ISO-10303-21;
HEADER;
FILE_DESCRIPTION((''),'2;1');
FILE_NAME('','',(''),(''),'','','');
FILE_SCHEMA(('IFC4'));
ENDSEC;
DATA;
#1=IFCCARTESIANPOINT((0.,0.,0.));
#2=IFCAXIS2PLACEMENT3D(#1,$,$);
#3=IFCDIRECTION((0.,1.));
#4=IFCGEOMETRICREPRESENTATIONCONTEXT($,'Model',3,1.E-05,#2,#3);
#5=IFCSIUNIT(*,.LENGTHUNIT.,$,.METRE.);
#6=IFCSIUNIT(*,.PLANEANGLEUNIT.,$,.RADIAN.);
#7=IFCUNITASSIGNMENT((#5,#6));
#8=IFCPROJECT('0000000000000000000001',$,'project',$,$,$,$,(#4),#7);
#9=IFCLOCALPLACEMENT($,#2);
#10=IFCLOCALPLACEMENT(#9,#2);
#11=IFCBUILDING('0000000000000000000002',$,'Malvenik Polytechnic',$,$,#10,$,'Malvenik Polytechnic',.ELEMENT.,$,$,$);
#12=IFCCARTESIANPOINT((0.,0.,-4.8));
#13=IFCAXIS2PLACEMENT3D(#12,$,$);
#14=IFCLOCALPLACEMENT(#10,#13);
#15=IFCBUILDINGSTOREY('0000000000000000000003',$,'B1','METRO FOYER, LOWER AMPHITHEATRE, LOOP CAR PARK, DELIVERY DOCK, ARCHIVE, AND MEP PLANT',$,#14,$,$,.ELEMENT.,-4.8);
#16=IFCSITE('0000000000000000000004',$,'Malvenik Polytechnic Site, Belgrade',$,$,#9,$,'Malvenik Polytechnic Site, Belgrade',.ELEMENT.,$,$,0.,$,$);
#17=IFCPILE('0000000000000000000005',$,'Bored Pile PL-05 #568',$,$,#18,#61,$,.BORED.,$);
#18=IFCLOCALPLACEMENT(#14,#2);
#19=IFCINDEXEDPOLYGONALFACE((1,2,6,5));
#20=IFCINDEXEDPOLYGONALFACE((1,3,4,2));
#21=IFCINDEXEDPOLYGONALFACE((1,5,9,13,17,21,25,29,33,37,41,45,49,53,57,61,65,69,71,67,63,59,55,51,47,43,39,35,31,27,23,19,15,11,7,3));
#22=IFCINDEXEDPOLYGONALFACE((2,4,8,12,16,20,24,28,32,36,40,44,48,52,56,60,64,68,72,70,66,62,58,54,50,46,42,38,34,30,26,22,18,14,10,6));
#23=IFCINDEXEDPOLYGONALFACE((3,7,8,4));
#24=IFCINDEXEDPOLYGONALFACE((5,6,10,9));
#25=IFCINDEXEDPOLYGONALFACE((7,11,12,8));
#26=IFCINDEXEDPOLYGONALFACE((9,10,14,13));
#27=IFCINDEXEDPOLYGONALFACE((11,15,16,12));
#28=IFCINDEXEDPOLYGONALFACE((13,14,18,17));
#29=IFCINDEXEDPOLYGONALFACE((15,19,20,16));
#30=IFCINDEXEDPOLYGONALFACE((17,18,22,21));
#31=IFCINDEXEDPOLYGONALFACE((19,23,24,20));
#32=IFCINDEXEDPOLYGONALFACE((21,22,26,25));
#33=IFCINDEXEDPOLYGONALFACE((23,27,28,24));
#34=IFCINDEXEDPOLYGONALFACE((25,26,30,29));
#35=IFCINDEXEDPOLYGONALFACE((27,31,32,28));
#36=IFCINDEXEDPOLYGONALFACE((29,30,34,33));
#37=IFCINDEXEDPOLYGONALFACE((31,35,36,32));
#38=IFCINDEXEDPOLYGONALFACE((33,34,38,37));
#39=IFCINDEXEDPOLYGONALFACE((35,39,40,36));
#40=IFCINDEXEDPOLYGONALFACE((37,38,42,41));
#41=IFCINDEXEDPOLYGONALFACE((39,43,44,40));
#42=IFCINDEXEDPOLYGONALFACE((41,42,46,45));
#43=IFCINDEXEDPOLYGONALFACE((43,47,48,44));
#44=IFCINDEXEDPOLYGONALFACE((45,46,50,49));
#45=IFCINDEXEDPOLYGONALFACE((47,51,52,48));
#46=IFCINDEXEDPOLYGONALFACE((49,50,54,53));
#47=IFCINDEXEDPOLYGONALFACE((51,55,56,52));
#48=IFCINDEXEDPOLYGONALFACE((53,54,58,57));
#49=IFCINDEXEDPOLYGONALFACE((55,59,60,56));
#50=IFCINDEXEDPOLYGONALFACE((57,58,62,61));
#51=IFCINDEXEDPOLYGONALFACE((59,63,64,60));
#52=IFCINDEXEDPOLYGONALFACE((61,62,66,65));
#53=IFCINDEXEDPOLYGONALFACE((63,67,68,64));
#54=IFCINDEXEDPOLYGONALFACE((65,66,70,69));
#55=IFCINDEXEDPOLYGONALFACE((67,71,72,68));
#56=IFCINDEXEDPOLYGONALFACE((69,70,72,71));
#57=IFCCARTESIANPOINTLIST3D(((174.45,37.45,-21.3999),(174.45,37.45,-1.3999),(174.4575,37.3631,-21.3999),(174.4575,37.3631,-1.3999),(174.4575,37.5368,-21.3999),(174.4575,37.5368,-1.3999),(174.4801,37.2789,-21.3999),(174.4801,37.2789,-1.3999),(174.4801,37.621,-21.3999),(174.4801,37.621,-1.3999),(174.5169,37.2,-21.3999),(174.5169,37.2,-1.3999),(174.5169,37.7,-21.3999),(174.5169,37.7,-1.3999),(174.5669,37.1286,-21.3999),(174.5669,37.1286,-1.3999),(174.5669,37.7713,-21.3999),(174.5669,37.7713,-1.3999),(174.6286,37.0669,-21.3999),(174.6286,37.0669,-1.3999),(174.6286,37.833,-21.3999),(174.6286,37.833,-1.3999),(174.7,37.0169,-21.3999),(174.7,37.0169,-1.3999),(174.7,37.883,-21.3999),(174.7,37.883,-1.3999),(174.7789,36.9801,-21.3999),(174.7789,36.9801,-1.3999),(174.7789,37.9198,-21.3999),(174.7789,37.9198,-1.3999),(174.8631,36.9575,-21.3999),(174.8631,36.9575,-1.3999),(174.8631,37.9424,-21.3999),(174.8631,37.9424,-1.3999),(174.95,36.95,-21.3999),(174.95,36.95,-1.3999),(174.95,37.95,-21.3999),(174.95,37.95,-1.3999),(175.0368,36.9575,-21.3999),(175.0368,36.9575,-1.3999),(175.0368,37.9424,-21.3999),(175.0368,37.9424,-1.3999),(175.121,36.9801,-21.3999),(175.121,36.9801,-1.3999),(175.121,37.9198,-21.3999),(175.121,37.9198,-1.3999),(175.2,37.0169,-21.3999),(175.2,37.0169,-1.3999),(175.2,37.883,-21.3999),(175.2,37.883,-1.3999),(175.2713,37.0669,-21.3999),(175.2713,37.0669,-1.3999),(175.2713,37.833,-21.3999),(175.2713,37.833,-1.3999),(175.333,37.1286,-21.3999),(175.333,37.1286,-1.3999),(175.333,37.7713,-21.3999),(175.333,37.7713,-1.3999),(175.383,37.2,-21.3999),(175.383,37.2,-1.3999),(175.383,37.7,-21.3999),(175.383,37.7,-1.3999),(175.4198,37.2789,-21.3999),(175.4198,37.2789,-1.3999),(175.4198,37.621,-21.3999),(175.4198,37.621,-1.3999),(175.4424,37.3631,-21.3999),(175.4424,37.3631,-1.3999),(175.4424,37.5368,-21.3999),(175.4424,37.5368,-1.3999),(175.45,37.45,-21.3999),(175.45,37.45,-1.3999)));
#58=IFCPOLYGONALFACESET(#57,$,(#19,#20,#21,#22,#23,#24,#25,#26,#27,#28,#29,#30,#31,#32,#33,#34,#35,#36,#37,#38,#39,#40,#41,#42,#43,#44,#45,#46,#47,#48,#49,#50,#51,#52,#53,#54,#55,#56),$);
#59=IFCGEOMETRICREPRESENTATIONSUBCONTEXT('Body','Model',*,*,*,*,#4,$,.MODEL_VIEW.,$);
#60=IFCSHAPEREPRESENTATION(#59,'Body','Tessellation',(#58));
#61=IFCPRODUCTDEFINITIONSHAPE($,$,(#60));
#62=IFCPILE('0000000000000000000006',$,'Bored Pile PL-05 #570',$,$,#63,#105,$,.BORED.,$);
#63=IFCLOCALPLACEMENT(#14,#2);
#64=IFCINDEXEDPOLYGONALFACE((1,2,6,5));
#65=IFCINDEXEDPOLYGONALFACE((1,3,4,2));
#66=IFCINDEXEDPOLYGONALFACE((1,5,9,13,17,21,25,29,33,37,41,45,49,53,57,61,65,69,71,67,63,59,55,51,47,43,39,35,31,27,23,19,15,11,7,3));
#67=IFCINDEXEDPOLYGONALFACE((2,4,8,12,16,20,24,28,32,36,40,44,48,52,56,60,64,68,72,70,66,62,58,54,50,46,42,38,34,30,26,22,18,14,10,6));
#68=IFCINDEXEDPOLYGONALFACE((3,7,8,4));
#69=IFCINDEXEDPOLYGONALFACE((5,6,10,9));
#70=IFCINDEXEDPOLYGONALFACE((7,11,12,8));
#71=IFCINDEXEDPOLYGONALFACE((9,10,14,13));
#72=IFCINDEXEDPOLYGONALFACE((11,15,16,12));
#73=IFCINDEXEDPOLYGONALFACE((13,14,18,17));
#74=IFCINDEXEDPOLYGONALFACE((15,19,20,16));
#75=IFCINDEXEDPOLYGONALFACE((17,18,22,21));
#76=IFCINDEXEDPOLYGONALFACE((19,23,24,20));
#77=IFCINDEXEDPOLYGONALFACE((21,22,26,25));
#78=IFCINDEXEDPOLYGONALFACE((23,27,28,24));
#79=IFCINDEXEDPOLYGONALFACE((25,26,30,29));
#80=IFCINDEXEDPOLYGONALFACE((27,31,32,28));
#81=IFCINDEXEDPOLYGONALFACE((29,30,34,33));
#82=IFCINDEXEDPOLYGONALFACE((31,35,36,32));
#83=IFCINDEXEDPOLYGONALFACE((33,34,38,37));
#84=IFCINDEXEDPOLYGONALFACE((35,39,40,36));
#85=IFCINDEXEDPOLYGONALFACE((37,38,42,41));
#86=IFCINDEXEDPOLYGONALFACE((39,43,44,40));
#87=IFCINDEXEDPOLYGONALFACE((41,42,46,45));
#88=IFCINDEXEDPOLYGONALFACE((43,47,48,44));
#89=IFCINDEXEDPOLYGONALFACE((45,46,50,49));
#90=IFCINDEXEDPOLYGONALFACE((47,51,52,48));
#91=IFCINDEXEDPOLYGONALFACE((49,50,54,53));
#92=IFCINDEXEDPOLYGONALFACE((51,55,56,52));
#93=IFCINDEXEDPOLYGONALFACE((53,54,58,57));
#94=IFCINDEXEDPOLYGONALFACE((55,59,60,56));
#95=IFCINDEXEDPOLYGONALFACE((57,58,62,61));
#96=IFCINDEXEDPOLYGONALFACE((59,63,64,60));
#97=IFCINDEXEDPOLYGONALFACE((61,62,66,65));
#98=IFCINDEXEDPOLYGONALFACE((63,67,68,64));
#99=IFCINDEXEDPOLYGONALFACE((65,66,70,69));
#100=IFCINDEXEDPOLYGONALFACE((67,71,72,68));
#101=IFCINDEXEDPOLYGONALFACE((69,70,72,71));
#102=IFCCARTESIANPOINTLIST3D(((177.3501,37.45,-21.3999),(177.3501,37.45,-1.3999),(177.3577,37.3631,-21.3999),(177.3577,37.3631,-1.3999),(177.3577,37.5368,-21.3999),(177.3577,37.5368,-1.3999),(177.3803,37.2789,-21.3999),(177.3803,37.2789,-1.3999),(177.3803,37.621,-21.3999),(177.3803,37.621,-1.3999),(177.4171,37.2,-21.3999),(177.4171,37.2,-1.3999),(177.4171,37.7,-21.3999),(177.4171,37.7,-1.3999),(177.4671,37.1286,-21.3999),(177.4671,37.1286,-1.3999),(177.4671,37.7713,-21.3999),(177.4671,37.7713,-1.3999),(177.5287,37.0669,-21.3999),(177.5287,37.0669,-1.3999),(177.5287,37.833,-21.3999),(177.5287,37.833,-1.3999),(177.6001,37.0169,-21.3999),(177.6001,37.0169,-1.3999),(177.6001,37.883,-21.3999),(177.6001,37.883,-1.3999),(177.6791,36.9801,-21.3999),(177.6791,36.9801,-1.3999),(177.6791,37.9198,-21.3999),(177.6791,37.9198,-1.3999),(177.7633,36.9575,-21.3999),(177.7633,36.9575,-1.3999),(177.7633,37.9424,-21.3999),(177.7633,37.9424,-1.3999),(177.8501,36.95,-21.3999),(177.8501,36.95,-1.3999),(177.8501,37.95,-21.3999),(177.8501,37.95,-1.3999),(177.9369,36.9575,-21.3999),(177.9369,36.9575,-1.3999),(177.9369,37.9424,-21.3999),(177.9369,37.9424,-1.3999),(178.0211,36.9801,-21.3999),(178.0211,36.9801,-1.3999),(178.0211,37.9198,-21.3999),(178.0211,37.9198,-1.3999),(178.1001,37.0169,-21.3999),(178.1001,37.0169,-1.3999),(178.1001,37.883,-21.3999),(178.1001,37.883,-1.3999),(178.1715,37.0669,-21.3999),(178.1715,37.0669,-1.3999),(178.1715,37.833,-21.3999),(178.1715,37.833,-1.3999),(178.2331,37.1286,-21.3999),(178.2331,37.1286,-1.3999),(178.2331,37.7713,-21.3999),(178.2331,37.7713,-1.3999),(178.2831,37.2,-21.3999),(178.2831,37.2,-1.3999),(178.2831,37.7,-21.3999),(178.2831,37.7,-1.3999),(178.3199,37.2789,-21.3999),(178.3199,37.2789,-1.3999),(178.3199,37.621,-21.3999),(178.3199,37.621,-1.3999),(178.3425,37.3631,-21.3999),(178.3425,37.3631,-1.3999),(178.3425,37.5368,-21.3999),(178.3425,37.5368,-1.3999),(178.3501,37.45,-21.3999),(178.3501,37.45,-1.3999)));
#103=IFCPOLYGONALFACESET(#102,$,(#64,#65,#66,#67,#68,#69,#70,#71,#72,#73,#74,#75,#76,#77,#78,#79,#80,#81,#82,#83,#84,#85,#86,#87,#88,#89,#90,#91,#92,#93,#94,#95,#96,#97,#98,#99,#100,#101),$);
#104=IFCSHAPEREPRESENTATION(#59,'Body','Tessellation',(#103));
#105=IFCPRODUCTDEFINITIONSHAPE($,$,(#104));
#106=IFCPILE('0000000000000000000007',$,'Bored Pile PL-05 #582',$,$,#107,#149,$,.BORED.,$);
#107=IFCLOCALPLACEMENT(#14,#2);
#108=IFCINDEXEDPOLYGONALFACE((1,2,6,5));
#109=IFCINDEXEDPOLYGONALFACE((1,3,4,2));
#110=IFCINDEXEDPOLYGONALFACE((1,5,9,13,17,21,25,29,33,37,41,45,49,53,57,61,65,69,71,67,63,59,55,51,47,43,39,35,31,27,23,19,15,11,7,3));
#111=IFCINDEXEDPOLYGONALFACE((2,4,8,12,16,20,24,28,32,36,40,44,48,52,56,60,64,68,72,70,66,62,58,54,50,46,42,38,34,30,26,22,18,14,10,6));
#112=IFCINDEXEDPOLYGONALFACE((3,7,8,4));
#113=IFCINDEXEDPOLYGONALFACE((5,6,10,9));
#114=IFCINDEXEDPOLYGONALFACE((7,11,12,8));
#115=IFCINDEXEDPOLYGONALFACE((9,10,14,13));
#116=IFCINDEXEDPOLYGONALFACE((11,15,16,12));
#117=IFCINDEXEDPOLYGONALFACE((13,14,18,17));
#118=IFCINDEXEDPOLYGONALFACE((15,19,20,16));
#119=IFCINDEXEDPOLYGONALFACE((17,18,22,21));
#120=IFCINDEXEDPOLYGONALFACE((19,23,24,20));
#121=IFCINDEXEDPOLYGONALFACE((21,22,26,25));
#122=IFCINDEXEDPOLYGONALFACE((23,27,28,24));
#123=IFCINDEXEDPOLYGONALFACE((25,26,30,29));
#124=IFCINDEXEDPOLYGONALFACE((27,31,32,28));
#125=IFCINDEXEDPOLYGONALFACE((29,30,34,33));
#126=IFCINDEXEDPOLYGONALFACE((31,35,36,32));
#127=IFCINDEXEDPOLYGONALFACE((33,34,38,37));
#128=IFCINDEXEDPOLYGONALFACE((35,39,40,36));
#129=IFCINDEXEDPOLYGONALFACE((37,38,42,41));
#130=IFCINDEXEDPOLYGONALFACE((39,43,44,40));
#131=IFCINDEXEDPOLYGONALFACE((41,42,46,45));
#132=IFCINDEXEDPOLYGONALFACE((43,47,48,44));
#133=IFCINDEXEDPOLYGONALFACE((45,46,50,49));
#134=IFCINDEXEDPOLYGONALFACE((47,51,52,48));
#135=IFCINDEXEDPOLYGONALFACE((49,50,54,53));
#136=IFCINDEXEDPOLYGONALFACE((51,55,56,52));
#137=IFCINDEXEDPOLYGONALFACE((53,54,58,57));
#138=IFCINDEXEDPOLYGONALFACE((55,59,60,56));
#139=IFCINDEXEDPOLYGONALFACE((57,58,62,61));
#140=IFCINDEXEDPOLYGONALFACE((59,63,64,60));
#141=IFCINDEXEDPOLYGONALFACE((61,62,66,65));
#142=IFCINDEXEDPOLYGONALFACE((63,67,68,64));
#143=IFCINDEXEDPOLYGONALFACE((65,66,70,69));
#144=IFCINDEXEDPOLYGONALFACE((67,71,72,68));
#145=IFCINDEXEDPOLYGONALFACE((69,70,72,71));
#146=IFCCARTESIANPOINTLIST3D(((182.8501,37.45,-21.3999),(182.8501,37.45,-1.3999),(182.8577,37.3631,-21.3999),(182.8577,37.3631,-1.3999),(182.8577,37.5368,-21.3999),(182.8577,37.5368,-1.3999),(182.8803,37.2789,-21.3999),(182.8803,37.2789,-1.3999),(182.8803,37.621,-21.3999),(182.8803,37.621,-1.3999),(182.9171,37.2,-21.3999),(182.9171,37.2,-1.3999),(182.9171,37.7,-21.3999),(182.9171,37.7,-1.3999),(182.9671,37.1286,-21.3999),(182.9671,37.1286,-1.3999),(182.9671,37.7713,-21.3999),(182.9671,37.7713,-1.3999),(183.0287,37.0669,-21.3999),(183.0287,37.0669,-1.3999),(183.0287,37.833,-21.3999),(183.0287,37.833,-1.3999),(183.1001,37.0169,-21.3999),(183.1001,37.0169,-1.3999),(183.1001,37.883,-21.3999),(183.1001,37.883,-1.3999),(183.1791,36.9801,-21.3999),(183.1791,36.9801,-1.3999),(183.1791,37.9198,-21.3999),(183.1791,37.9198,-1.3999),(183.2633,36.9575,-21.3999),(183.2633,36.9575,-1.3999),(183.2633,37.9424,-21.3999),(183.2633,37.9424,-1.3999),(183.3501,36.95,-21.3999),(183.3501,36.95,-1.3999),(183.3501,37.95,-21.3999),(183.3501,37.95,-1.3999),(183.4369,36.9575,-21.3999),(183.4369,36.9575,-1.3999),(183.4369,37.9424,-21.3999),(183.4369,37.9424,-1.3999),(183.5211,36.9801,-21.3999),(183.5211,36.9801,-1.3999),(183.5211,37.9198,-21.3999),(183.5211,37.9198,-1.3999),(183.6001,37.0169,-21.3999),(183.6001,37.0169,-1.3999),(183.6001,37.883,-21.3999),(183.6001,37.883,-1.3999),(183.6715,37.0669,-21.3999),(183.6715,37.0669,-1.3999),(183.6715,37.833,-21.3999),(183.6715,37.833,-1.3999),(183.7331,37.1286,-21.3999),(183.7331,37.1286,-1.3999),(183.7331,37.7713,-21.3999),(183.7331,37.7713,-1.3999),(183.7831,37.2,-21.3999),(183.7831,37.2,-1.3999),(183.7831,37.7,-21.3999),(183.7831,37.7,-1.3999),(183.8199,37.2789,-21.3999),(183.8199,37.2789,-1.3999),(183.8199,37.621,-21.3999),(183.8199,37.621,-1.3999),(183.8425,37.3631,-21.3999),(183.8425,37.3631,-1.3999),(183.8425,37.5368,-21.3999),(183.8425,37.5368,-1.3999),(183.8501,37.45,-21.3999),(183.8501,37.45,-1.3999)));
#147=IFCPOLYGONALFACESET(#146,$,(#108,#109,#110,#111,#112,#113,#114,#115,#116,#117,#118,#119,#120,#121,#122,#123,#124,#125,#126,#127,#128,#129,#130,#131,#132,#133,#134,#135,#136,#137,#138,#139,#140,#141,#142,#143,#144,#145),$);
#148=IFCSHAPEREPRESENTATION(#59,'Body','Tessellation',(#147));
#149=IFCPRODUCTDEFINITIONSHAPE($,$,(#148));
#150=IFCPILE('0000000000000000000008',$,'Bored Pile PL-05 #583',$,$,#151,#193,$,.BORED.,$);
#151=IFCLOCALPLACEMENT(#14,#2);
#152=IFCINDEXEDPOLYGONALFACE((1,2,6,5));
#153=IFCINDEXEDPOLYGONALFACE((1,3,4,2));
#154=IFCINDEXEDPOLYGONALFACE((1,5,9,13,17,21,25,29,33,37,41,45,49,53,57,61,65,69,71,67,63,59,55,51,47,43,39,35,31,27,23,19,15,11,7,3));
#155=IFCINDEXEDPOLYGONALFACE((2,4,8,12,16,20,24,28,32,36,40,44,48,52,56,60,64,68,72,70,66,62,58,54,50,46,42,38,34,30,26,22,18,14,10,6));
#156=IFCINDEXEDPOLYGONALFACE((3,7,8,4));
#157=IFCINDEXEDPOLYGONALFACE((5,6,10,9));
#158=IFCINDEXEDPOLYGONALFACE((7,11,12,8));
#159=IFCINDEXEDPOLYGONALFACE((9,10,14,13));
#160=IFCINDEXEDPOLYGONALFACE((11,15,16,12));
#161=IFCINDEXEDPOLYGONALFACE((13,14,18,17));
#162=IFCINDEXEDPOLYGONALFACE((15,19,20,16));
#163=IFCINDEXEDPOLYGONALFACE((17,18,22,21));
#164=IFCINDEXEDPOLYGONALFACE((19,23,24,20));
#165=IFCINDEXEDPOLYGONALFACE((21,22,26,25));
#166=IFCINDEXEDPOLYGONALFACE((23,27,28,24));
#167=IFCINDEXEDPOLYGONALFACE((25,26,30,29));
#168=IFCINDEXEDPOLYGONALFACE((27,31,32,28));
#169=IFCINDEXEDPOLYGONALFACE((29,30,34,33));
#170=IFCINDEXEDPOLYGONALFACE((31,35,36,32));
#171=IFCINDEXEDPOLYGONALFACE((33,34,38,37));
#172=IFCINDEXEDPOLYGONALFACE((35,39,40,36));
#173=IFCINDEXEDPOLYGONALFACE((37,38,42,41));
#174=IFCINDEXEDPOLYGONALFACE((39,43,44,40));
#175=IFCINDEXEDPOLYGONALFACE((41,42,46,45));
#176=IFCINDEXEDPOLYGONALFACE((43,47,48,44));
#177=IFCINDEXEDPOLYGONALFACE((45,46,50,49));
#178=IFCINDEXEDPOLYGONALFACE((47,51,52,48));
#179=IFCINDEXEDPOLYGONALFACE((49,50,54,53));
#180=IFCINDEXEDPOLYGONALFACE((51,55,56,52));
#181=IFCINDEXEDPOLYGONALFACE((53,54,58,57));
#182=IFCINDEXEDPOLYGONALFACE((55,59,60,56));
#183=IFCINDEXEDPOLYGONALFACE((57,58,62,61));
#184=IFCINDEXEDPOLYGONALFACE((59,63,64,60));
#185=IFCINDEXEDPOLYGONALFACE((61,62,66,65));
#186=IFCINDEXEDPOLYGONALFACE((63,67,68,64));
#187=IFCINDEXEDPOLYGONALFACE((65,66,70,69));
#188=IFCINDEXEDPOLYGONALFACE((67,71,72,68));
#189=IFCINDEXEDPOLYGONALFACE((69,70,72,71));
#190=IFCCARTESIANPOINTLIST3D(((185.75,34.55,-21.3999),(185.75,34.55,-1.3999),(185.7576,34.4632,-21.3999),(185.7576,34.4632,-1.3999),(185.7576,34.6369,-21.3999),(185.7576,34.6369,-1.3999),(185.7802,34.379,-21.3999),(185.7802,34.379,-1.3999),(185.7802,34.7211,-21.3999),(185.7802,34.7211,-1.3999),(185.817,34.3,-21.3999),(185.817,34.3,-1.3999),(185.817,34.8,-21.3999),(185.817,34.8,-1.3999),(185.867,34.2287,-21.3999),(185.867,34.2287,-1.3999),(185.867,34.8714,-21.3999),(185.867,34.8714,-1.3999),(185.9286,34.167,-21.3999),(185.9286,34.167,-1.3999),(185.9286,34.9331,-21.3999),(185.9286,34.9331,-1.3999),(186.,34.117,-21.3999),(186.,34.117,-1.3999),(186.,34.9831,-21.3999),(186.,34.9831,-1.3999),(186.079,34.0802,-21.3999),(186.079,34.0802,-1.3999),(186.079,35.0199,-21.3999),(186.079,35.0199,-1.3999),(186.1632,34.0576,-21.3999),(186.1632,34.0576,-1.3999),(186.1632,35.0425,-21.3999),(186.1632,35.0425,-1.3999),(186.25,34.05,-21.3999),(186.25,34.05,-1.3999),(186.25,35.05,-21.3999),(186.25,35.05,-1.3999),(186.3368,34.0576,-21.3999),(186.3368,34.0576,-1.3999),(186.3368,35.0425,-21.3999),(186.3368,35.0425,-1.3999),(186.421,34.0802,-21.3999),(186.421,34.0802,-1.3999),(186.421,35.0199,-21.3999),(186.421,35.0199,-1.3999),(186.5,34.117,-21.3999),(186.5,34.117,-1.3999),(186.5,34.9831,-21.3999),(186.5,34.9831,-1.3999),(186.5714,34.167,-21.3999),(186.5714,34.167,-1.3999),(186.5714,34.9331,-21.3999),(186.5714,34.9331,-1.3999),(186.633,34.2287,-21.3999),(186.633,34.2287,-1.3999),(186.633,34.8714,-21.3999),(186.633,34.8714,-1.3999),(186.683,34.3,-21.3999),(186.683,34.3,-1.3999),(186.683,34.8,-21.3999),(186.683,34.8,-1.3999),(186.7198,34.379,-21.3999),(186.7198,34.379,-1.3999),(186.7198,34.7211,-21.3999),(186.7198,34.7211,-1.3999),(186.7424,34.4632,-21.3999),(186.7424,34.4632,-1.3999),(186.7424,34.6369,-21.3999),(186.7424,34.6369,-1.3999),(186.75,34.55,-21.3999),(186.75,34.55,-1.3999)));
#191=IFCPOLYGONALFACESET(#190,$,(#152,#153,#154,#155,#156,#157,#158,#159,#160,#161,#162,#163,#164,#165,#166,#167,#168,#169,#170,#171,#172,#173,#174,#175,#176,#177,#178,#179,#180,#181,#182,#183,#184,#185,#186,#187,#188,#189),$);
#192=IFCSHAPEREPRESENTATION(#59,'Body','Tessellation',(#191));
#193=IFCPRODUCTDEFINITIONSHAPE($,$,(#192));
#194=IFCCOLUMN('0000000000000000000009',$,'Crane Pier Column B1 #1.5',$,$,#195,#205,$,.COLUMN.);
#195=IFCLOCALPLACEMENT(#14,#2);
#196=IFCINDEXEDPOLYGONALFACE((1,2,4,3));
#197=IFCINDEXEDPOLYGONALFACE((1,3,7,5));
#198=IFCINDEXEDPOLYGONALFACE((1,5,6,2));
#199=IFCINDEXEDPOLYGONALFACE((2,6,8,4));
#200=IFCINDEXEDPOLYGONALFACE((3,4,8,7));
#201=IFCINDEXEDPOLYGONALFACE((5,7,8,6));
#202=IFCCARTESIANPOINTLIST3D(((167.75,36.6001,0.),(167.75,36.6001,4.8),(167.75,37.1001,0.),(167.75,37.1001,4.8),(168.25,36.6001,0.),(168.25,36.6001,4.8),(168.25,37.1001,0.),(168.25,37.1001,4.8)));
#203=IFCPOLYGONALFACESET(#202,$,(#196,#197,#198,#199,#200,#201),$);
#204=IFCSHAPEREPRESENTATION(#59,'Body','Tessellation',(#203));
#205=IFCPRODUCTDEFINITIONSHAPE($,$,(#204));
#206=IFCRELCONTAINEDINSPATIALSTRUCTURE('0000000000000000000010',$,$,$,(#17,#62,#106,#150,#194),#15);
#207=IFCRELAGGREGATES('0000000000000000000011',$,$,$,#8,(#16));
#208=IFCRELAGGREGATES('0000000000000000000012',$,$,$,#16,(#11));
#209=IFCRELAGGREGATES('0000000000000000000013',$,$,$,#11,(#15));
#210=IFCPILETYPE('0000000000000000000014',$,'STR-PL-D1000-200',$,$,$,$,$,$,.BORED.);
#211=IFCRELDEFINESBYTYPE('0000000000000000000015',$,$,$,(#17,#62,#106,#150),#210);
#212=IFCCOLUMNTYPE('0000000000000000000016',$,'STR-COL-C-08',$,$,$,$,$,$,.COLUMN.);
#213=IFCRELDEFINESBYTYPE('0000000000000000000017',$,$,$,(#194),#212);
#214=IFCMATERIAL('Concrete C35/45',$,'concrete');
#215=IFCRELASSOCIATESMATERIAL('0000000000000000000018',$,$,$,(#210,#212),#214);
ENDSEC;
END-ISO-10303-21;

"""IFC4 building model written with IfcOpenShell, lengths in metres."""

from ifc_helpers import new_model, si_unit, direction, frame, origin, origin_2d, place, context, subcontext, project, spatial, rectangle, circle, extrude, material, material_profile, profile_set, type_object, element, save


model = new_model("IFC4")

# Units and contexts
model_context = context("Model", 3, precision=1e-05, world=origin(), true_north=direction((0.0, 1.0)))
body_context = subcontext(model_context, "Body", "Model", "MODEL_VIEW")
ifc_project = project(units=[si_unit("LENGTHUNIT", "METRE"), si_unit("PLANEANGLEUNIT", "RADIAN")], contexts=[model_context])

# Site, building, storey
site_placement = place(None, origin())
site = spatial("IfcSite", under=ifc_project, at=site_placement, Name="Malvenik Polytechnic Site, Belgrade", LongName="Malvenik Polytechnic Site, Belgrade", CompositionType="ELEMENT", RefElevation=0.0)
building_placement = place(site_placement, origin())
building = spatial("IfcBuilding", under=site, at=building_placement, Name="Malvenik Polytechnic", LongName="Malvenik Polytechnic", CompositionType="ELEMENT")
storey_placement = place(building_placement, frame((0.0, 0.0, -4.8)))
storey = spatial("IfcBuildingStorey", under=building, at=storey_placement, Name="B1", Description="METRO FOYER, LOWER AMPHITHEATRE, LOOP CAR PARK, DELIVERY DOCK, ARCHIVE, AND MEP PLANT", CompositionType="ELEMENT", Elevation=-4.8)

# Shared definitions
ifc_material_1 = material(Name="Concrete C35/45", Category="concrete")

# Piles
ifc_material_profile_1 = material_profile(ifc_material_1, circle(Radius=0.5, at=origin_2d()), Name="BORED PILE D1000")
ifc_profile_set_1 = profile_set([ifc_material_profile_1], Name="Concrete C35/45")
pile_type = type_object("IfcPileType", Name="STR-PL-D1000-200", PredefinedType="BORED", material=ifc_profile_set_1)
for number, where, z_axis, x_axis, name in (
    (1, (174.95, 37.45, -1.3999), (0.0, 0.0, -1.0), (1.0, 0.0, 0.0), "Bored Pile PL-05 #568"),
    (2, (177.8501, 37.45, -1.3999), (0.0, 0.0, -1.0), (1.0, 0.0, 0.0), "Bored Pile PL-05 #570"),
    (3, (183.3501, 37.45, -1.3999), (0.0, 0.0, -1.0), (1.0, 0.0, 0.0), "Bored Pile PL-05 #582"),
    (4, (186.25, 34.55, -1.3999), (0.0, 0.0, -1.0), (1.0, 0.0, 0.0), "Bored Pile PL-05 #583"),
):
    element("IfcPile", number, at=place(storey_placement, frame(where, z_axis=z_axis, x_axis=x_axis)), inside=storey, type_object=pile_type, Name=name, PredefinedType="BORED", context=body_context, shape_type="SweptSolid", body=[
        extrude(circle(Radius=0.5, at=origin_2d()), origin(), (0.0, 0.0, 1.0), 20.0),
    ])

# Column
ifc_material_profile_2 = material_profile(ifc_material_1, rectangle(XDim=0.5, YDim=0.5, at=origin_2d()), Name="RC COL 500x500")
ifc_profile_set_2 = profile_set([ifc_material_profile_2], Name="Concrete C35/45")
column_type_1 = type_object("IfcColumnType", Name="STR-COL-C-08", PredefinedType="COLUMN", material=ifc_profile_set_2)
for number, where, z_axis, x_axis, name in (
    (5, (168.0, 36.8501, 0.0), (0.0, 0.0, 1.0), (1.0, 0.0, 0.0), "Crane Pier Column B1 #1.5"),
):
    element("IfcColumn", number, at=place(storey_placement, frame(where, z_axis=z_axis, x_axis=x_axis)), inside=storey, type_object=column_type_1, Name=name, PredefinedType="COLUMN", context=body_context, shape_type="SweptSolid", body=[
        extrude(rectangle(XDim=0.5, YDim=0.5, at=origin_2d()), origin(), (0.0, 0.0, 1.0), 4.8),
    ])

save(model, "model.ifc")
